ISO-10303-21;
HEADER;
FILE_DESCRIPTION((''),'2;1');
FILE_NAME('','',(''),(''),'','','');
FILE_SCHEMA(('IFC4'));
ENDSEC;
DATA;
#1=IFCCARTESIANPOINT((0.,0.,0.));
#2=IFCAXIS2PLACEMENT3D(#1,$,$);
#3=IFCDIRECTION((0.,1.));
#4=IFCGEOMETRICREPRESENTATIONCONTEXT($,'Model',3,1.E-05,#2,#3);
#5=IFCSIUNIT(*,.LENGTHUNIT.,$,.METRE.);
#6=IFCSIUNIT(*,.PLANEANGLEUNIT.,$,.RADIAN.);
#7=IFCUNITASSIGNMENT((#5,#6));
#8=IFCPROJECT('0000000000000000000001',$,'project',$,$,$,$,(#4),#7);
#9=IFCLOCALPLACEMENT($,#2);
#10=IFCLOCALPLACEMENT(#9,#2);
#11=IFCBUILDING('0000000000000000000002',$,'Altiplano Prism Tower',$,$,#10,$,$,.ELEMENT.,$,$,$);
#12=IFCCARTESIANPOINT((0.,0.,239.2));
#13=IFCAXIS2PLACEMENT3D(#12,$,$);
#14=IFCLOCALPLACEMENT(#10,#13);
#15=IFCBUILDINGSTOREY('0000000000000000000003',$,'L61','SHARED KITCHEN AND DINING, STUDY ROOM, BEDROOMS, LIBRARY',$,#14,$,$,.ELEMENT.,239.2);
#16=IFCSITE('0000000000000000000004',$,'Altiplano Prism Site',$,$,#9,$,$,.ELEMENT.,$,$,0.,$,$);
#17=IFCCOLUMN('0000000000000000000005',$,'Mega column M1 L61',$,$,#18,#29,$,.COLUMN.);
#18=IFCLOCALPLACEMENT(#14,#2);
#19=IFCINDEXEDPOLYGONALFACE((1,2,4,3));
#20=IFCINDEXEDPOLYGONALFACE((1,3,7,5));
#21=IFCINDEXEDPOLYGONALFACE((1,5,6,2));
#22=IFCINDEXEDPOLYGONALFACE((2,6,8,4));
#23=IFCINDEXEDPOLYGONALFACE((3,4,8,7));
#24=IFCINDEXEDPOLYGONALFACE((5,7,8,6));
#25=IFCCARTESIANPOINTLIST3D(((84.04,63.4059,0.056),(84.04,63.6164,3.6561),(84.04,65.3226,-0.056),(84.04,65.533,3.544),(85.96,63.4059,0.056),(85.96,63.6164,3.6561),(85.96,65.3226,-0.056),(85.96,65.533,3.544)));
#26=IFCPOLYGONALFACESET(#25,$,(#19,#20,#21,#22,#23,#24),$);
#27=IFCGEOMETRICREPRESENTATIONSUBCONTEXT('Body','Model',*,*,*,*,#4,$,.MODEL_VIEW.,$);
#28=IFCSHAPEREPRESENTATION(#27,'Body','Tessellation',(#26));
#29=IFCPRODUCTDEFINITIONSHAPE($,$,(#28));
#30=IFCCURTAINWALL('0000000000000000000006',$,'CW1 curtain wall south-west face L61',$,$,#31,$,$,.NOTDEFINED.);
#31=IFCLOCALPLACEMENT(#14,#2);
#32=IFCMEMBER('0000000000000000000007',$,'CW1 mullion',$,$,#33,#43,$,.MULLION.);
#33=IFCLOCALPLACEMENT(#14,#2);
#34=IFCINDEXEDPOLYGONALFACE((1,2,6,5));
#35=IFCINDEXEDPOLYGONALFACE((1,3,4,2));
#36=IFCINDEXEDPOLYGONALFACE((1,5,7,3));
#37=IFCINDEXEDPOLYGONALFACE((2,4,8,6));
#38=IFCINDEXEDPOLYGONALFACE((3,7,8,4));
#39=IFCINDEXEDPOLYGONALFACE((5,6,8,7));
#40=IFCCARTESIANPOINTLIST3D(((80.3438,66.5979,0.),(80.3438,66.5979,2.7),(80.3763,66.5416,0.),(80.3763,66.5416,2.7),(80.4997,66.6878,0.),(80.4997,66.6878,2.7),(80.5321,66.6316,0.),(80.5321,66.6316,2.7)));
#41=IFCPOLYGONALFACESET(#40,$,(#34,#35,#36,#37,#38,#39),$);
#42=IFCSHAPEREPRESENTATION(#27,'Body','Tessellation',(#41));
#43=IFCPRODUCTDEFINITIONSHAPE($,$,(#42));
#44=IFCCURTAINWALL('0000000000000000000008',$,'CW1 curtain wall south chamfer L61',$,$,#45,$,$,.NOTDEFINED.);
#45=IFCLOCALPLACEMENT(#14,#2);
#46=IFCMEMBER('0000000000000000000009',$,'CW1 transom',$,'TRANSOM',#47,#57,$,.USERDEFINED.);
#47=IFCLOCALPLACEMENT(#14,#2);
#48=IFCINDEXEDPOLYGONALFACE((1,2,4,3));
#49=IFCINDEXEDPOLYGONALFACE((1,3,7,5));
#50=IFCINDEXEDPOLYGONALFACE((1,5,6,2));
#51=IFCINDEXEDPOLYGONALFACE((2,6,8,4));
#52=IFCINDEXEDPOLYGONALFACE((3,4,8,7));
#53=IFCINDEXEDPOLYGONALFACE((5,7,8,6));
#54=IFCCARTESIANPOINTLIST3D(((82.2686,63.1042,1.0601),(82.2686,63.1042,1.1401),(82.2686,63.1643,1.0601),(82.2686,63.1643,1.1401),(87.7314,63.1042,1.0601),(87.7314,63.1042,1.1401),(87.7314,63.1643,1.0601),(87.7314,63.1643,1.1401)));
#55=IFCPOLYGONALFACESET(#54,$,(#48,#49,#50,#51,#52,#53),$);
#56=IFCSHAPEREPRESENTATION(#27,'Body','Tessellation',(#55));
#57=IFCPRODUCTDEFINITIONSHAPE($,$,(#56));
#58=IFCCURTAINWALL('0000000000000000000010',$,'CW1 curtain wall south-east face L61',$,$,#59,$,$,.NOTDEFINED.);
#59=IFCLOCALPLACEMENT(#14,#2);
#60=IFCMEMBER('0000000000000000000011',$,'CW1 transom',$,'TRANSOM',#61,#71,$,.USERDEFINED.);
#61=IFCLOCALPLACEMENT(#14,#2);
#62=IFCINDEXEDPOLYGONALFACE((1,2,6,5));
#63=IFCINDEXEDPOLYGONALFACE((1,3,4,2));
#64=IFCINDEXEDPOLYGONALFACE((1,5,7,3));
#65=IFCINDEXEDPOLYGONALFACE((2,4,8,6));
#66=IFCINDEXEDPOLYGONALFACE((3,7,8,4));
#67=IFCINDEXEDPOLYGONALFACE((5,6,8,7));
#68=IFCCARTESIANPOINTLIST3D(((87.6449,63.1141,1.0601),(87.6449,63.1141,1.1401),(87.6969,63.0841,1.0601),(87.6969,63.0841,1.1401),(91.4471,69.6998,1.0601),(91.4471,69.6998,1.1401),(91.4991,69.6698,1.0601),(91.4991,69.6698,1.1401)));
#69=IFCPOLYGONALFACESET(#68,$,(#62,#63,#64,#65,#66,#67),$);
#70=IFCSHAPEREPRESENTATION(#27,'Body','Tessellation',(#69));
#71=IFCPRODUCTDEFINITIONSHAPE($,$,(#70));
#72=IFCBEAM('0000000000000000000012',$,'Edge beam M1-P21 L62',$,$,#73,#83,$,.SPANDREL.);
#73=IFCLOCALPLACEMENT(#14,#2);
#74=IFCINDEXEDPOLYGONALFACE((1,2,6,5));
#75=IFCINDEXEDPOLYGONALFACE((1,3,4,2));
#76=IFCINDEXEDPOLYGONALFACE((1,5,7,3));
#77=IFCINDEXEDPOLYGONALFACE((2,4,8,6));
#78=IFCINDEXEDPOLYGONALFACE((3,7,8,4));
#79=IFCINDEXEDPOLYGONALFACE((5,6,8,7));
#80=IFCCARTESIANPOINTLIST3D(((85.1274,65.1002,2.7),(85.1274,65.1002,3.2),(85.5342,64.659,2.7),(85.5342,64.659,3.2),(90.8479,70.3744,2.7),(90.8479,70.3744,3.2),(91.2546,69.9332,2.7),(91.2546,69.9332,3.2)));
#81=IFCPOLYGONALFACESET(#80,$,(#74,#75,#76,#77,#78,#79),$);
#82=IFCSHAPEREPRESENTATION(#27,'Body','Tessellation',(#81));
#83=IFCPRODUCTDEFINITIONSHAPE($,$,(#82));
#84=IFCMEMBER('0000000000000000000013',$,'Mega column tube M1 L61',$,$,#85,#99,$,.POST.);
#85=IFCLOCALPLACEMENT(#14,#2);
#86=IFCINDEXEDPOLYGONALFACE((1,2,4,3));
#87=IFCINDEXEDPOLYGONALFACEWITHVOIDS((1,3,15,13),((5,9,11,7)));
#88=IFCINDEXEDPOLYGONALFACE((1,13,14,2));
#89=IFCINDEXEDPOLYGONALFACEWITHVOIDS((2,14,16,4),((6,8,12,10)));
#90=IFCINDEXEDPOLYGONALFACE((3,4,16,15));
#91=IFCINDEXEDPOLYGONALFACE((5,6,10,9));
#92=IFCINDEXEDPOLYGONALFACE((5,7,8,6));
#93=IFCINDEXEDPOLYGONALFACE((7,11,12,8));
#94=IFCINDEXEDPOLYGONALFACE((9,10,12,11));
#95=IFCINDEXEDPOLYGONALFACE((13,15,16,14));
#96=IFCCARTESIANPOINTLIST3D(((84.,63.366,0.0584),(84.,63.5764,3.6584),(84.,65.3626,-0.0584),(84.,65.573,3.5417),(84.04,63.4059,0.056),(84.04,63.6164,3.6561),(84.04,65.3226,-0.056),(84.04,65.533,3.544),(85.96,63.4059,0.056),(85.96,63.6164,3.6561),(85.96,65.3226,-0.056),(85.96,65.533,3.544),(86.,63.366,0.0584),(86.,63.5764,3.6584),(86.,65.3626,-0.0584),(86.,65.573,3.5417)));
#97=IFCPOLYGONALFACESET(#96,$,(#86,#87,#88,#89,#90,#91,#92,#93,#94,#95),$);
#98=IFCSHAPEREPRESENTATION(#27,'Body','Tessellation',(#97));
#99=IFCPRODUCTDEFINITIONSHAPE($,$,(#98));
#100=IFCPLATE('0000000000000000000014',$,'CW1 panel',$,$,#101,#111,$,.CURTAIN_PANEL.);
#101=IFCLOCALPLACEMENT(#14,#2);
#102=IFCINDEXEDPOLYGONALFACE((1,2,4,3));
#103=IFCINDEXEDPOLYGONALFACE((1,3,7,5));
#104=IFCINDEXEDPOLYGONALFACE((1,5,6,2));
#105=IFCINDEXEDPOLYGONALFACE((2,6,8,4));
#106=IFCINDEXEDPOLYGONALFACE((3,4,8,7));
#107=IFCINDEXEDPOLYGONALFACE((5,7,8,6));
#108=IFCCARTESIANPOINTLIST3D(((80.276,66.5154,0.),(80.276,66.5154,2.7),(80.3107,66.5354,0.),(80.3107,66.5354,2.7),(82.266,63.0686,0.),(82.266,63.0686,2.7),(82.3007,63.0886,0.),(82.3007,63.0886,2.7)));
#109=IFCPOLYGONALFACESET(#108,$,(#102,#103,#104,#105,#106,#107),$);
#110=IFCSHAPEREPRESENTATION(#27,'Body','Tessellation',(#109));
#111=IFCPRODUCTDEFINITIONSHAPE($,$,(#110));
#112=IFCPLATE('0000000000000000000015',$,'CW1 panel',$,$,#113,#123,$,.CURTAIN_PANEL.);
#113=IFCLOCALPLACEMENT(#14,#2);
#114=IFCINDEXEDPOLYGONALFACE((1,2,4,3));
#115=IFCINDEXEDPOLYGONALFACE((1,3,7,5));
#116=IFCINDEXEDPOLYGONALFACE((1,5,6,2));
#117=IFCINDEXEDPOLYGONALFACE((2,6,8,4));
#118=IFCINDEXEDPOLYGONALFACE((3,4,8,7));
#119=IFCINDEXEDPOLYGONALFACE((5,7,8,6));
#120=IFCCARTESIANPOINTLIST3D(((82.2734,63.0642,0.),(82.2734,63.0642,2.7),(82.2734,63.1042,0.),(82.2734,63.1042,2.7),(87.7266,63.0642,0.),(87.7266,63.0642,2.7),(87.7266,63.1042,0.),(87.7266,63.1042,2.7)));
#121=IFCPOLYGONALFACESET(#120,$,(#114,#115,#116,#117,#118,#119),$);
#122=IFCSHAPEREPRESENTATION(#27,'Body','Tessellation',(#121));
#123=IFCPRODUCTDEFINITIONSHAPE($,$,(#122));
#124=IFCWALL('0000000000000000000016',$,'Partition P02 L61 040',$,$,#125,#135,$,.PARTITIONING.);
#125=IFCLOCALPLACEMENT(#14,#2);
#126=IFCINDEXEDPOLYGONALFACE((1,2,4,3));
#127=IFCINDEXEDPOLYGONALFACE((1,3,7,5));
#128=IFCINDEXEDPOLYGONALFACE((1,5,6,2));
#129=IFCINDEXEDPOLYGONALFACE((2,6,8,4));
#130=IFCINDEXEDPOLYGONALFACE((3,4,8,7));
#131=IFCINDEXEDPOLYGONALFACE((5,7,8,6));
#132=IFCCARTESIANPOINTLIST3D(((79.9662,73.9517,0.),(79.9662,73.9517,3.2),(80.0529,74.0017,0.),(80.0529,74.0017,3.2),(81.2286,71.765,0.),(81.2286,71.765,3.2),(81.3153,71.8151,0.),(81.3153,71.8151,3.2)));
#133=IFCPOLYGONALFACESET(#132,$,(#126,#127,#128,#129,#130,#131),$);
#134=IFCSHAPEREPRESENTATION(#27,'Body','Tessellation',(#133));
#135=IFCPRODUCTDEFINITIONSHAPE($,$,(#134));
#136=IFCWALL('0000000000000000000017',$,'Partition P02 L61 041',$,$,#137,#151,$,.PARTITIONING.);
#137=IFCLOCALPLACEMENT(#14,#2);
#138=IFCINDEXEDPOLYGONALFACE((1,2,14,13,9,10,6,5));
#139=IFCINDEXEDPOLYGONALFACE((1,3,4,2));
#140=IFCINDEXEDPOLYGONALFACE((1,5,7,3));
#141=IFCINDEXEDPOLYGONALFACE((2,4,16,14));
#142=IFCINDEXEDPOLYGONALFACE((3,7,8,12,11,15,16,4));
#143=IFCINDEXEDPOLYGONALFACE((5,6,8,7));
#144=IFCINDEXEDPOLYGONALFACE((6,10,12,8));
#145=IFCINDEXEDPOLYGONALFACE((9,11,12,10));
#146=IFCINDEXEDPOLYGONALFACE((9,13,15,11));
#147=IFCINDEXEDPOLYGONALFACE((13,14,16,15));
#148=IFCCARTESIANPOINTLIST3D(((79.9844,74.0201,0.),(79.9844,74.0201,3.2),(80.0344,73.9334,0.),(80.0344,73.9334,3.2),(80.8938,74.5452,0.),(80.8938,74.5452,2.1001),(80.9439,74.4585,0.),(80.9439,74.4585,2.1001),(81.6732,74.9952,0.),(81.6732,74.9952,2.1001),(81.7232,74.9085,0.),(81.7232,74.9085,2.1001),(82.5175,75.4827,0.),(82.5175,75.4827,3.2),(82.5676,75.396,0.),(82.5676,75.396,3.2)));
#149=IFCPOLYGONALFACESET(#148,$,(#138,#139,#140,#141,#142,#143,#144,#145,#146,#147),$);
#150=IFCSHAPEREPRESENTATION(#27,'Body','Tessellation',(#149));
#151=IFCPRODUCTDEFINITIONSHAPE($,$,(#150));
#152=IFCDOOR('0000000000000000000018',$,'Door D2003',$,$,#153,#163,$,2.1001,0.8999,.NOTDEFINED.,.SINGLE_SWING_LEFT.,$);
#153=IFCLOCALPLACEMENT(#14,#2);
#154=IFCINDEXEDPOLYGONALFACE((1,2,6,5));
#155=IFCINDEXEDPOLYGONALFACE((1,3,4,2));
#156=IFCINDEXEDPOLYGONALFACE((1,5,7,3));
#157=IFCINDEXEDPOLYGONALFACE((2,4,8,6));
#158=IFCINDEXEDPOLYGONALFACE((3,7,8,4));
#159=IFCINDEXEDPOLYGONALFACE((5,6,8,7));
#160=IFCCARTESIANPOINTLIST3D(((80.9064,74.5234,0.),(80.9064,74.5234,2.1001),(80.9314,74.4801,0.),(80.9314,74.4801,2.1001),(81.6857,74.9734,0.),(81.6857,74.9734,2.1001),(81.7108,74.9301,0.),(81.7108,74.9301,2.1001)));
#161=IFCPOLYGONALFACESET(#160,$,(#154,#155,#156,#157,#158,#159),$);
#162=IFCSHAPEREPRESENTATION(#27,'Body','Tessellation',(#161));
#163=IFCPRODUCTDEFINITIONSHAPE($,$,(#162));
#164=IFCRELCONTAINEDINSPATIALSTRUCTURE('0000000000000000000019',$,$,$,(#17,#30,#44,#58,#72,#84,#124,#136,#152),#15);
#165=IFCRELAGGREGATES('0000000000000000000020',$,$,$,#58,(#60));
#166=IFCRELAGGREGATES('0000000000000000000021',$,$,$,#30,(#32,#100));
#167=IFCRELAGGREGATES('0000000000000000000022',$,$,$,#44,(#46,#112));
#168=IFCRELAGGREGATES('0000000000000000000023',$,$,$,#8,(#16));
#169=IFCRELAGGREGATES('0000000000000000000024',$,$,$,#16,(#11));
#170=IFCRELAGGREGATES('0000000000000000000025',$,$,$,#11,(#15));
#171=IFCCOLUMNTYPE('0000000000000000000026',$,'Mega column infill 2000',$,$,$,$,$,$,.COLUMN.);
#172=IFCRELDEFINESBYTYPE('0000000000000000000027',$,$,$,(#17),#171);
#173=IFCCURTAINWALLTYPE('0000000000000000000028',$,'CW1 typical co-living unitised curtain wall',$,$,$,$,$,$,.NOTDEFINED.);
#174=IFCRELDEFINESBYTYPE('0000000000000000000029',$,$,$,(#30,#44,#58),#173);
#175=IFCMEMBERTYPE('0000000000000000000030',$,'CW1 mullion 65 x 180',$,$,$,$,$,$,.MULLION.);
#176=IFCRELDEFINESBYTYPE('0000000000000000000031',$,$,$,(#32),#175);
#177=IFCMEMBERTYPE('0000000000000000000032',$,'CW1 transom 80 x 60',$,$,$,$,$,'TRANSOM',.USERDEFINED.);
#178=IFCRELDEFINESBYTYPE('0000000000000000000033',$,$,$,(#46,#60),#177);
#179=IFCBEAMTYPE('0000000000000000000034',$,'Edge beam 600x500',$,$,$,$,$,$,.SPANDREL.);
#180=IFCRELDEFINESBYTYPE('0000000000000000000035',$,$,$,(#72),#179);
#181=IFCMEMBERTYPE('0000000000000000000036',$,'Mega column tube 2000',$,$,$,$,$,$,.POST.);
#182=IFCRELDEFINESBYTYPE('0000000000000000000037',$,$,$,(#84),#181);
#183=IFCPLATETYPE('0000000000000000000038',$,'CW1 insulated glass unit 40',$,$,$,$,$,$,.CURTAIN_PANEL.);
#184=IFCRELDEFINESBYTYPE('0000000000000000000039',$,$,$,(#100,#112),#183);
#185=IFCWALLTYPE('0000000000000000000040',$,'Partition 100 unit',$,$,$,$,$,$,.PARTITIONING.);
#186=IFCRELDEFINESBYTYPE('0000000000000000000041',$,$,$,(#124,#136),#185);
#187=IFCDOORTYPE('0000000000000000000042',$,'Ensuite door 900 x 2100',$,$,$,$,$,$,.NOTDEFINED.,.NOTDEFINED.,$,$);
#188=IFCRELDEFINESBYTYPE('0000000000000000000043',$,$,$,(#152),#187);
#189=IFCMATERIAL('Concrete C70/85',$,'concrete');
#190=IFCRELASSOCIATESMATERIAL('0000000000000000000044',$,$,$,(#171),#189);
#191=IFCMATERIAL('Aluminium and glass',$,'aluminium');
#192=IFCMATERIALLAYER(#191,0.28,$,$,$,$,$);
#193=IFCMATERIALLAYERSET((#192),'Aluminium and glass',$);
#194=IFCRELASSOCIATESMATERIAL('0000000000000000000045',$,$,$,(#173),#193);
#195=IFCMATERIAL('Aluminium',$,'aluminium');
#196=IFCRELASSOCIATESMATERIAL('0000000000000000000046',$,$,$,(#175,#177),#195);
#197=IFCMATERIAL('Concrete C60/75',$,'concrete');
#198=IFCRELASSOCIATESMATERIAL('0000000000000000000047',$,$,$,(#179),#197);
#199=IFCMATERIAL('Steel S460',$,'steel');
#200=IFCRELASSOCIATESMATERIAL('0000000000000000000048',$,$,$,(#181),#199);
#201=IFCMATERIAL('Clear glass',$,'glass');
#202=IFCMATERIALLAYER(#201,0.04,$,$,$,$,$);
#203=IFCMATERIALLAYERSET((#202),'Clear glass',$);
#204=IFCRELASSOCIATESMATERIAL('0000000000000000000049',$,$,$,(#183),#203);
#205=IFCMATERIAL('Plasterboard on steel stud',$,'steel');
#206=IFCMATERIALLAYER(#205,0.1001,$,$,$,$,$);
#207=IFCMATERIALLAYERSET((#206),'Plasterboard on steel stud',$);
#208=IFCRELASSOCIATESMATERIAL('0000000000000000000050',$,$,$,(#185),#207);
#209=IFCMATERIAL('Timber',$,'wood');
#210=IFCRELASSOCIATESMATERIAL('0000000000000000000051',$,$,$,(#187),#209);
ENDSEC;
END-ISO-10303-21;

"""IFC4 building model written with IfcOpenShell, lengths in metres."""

from ifc_helpers import new_model, si_unit, direction, frame, frame_2d, origin, origin_2d, place, context, subcontext, project, spatial, rectangle, hollow_rectangle, extrude, material, layer, layer_set, material_profile, profile_set, type_object, element, fill, aggregate, save


model = new_model("IFC4")

# Units and contexts
model_context = context("Model", 3, precision=1e-05, world=origin(), true_north=direction((0.0, 1.0)))
body_context = subcontext(model_context, "Body", "Model", "MODEL_VIEW")
ifc_project = project(units=[si_unit("LENGTHUNIT", "METRE"), si_unit("PLANEANGLEUNIT", "RADIAN")], contexts=[model_context])

# Site, building, storey
site_placement = place(None, origin())
site = spatial("IfcSite", under=ifc_project, at=site_placement, Name="Altiplano Prism Site", CompositionType="ELEMENT", RefElevation=0.0)
building_placement = place(site_placement, origin())
building = spatial("IfcBuilding", under=site, at=building_placement, Name="Altiplano Prism Tower", CompositionType="ELEMENT")
storey_placement = place(building_placement, frame((0.0, 0.0, 239.2)))
storey = spatial("IfcBuildingStorey", under=building, at=storey_placement, Name="L61", Description="SHARED KITCHEN AND DINING, STUDY ROOM, BEDROOMS, LIBRARY", CompositionType="ELEMENT", Elevation=239.2)

# Column
ifc_material_1 = material(Name="Concrete C70/85", Category="concrete")
ifc_material_profile_1 = material_profile(ifc_material_1, rectangle(XDim=1.9199, YDim=1.9199, at=origin_2d()), Name="Mega column infill 2000")
ifc_profile_set_1 = profile_set([ifc_material_profile_1], Name="Concrete C70/85")
column_type = type_object("IfcColumnType", Name="Mega column infill 2000", PredefinedType="COLUMN", material=ifc_profile_set_1)
column_placement = place(storey_placement, frame((85.0, 64.3643, 0.0), z_axis=(0.0, 0.058357, 0.998296), x_axis=(-1.0, 0.0, 0.0)))
element("IfcColumn", 1, at=column_placement, inside=storey, type_object=column_type, Name="Mega column M1 L61", PredefinedType="COLUMN", context=body_context, shape_type="SweptSolid", body=[
    extrude(rectangle(XDim=1.9199, YDim=1.9199, at=origin_2d()), origin(), (0.0, 0.0, 1.0), 3.6062),
])

# Curtain walls, members
ifc_material_2 = material(Name="Aluminium and glass", Category="aluminium")
ifc_layer_1 = layer(ifc_material_2, 0.28)
ifc_layer_set_1 = layer_set([ifc_layer_1], Name="Aluminium and glass")
curtain_wall_type = type_object("IfcCurtainWallType", Name="CW1 typical co-living unitised curtain wall", PredefinedType="NOTDEFINED", material=ifc_layer_set_1)
curtain_wall_1_placement = place(storey_placement, origin())
curtain_wall_1 = element("IfcCurtainWall", 2, at=curtain_wall_1_placement, inside=storey, type_object=curtain_wall_type, Name="CW1 curtain wall south-west face L61", PredefinedType="NOTDEFINED")
ifc_material_3 = material(Name="Aluminium", Category="aluminium")
ifc_material_profile_2 = material_profile(ifc_material_3, rectangle(XDim=0.1799, YDim=0.0649, at=origin_2d()), Name="CW1 mullion 65 x 180")
ifc_profile_set_2 = profile_set([ifc_material_profile_2], Name="Aluminium")
member_type_1 = type_object("IfcMemberType", Name="CW1 mullion 65 x 180", PredefinedType="MULLION", material=ifc_profile_set_2)
member_1_placement = place(storey_placement, frame((80.438, 66.6147, 0.0), z_axis=(0.0, 0.0, 1.0), x_axis=(0.866025, 0.5, 0.0)))
member_1 = element("IfcMember", 3, at=member_1_placement, type_object=member_type_1, Name="CW1 mullion", PredefinedType="MULLION", context=body_context, shape_type="SweptSolid", body=[
    extrude(rectangle(XDim=0.1799, YDim=0.0649, at=origin_2d()), origin(), (0.0, 0.0, 1.0), 2.7),
])
curtain_wall_2_placement = place(storey_placement, origin())
curtain_wall_2 = element("IfcCurtainWall", 4, at=curtain_wall_2_placement, inside=storey, type_object=curtain_wall_type, Name="CW1 curtain wall south chamfer L61", PredefinedType="NOTDEFINED")
ifc_material_profile_3 = material_profile(ifc_material_3, rectangle(XDim=0.0601, YDim=0.0801, at=origin_2d()), Name="CW1 transom 80 x 60")
ifc_profile_set_3 = profile_set([ifc_material_profile_3], Name="Aluminium")
member_type_2 = type_object("IfcMemberType", Name="CW1 transom 80 x 60", ElementType="TRANSOM", PredefinedType="USERDEFINED", material=ifc_profile_set_3)
member_2_placement = place(storey_placement, frame((82.2686, 63.1343, 1.1001), z_axis=(1.0, 0.0, 0.0), x_axis=(0.0, 1.0, 0.0)))
member_2 = element("IfcMember", 5, at=member_2_placement, type_object=member_type_2, Name="CW1 transom", ObjectType="TRANSOM", PredefinedType="USERDEFINED", context=body_context, shape_type="SweptSolid", body=[
    extrude(rectangle(XDim=0.0601, YDim=0.0801, at=origin_2d()), origin(), (0.0, 0.0, 1.0), 5.4629),
])
curtain_wall_3_placement = place(storey_placement, origin())
curtain_wall_3 = element("IfcCurtainWall", 6, at=curtain_wall_3_placement, inside=storey, type_object=curtain_wall_type, Name="CW1 curtain wall south-east face L61", PredefinedType="NOTDEFINED")
member_3_placement = place(storey_placement, frame((87.6709, 63.0991, 1.1001), z_axis=(0.499999, 0.866026, 0.0), x_axis=(-0.866026, 0.499999, 0.0)))
member_3 = element("IfcMember", 7, at=member_3_placement, type_object=member_type_2, Name="CW1 transom", ObjectType="TRANSOM", PredefinedType="USERDEFINED", context=body_context, shape_type="SweptSolid", body=[
    extrude(rectangle(XDim=0.0601, YDim=0.0801, at=origin_2d()), origin(), (0.0, 0.0, 1.0), 7.6045),
])
aggregate(curtain_wall_3, [member_3])

# Beam
ifc_material_4 = material(Name="Concrete C60/75", Category="concrete")
ifc_material_profile_4 = material_profile(ifc_material_4, rectangle(XDim=0.6001, YDim=0.5, at=origin_2d()), Name="Edge beam 600x500")
ifc_profile_set_4 = profile_set([ifc_material_profile_4], Name="Concrete C60/75")
beam_type = type_object("IfcBeamType", Name="Edge beam 600x500", PredefinedType="SPANDREL", material=ifc_profile_set_4)
beam_placement = place(storey_placement, frame((85.3308, 64.8796, 2.95), z_axis=(0.735204, 0.677846, 0.0), x_axis=(-0.677846, 0.735204, 0.0)))
element("IfcBeam", 8, at=beam_placement, inside=storey, type_object=beam_type, Name="Edge beam M1-P21 L62", PredefinedType="SPANDREL", context=body_context, shape_type="SweptSolid", body=[
    extrude(rectangle(XDim=0.6001, YDim=0.5, at=origin_2d()), origin(), (0.0, 0.0, 1.0), 7.7808),
])

# Member
ifc_material_5 = material(Name="Steel S460", Category="steel")
ifc_material_profile_5 = material_profile(ifc_material_5, hollow_rectangle(XDim=2.0, YDim=2.0, WallThickness=0.04, at=origin_2d()), Name="Mega column tube 2000")
ifc_profile_set_5 = profile_set([ifc_material_profile_5], Name="Steel S460")
member_type_3 = type_object("IfcMemberType", Name="Mega column tube 2000", PredefinedType="POST", material=ifc_profile_set_5)
member_4_placement = place(storey_placement, frame((85.0, 64.3643, 0.0), z_axis=(0.0, 0.058357, 0.998296), x_axis=(-1.0, 0.0, 0.0)))
element("IfcMember", 9, at=member_4_placement, inside=storey, type_object=member_type_3, Name="Mega column tube M1 L61", PredefinedType="POST", context=body_context, shape_type="SweptSolid", body=[
    extrude(hollow_rectangle(XDim=2.0, YDim=2.0, WallThickness=0.04, at=origin_2d()), origin(), (0.0, 0.0, 1.0), 3.6062),
])

# Plates
ifc_material_6 = material(Name="Clear glass", Category="glass")
ifc_layer_2 = layer(ifc_material_6, 0.04)
ifc_layer_set_2 = layer_set([ifc_layer_2], Name="Clear glass")
plate_type = type_object("IfcPlateType", Name="CW1 insulated glass unit 40", PredefinedType="CURTAIN_PANEL", material=ifc_layer_set_2)
plate_1_placement = place(storey_placement, frame((81.2883, 64.802, 0.0), z_axis=(0.0, 0.0, 1.0), x_axis=(0.5, -0.866025, 0.0)))
plate_1 = element("IfcPlate", 10, at=plate_1_placement, type_object=plate_type, Name="CW1 panel", PredefinedType="CURTAIN_PANEL", context=body_context, shape_type="SweptSolid", body=[
    extrude(rectangle(XDim=3.98, YDim=0.04, at=origin_2d()), origin(), (0.0, 0.0, 1.0), 2.7),
])
aggregate(curtain_wall_1, [member_1, plate_1])
plate_2_placement = place(storey_placement, frame((85.0, 63.0842, 0.0), z_axis=(0.0, 0.0, 1.0), x_axis=(1.0, 0.0, 0.0)))
plate_2 = element("IfcPlate", 11, at=plate_2_placement, type_object=plate_type, Name="CW1 panel", PredefinedType="CURTAIN_PANEL", context=body_context, shape_type="SweptSolid", body=[
    extrude(rectangle(XDim=5.4531, YDim=0.04, at=origin_2d()), origin(), (0.0, 0.0, 1.0), 2.7),
])
aggregate(curtain_wall_2, [member_2, plate_2])

# Wall
ifc_material_7 = material(Name="Plasterboard on steel stud", Category="steel")
ifc_layer_3 = layer(ifc_material_7, 0.1001)
ifc_layer_set_3 = layer_set([ifc_layer_3], Name="Plasterboard on steel stud")
wall_type_1 = type_object("IfcWallType", Name="Partition 100 unit", PredefinedType="PARTITIONING", material=ifc_layer_set_3)
wall_1_placement = place(storey_placement, frame((81.272, 71.79, 0.0), z_axis=(0.0, 0.0, 1.0), x_axis=(-0.499976, 0.866039, 0.0)))
element("IfcWall", 12, at=wall_1_placement, inside=storey, type_object=wall_type_1, Name="Partition P02 L61 040", PredefinedType="PARTITIONING", context=body_context, shape_type="SweptSolid", body=[
    extrude(rectangle(XDim=2.5249, YDim=0.1001, at=frame_2d((1.2625, 0.0))), origin(), (0.0, 0.0, 1.0), 3.2),
])

# Wall, opening, door
wall_2_placement = place(storey_placement, frame((80.0095, 73.9768, 0.0), z_axis=(0.0, 0.0, 1.0), x_axis=(0.86601, 0.500026, 0.0)))
wall_2 = element("IfcWall", 13, at=wall_2_placement, inside=storey, type_object=wall_type_1, Name="Partition P02 L61 041", PredefinedType="PARTITIONING", context=body_context, shape_type="SweptSolid", body=[
    extrude(rectangle(XDim=2.925, YDim=0.1001, at=frame_2d((1.4624, 0.0))), origin(), (0.0, 0.0, 1.0), 3.2),
])
opening_1_placement = place(wall_2_placement, frame((1.05, 0.0, 0.0)))
opening_1 = element("IfcOpeningElement", 14, at=opening_1_placement, cuts=wall_2, PredefinedType="OPENING", context=body_context, shape_type="SweptSolid", body=[
    extrude(rectangle(XDim=0.8999, YDim=2.1001, at=frame_2d((0.45, 1.05))), frame((0.0, 0.0605, 0.0), z_axis=(0.0, -1.0, 0.0), x_axis=(1.0, 0.0, 0.0)), (0.0, 0.0, 1.0), 0.1211),
])
ifc_material_8 = material(Name="Timber", Category="wood")
door_type_1 = type_object("IfcDoorType", Name="Ensuite door 900 x 2100", OperationType="NOTDEFINED", PredefinedType="NOTDEFINED", material=ifc_material_8)
door_1_placement = place(opening_1_placement, origin())
door_1 = element("IfcDoor", 15, at=door_1_placement, inside=storey, type_object=door_type_1, Name="Door D2003", OperationType="SINGLE_SWING_LEFT", OverallHeight=2.1001, OverallWidth=0.8999, PredefinedType="NOTDEFINED", context=body_context, shape_type="SweptSolid", body=[
    extrude(rectangle(XDim=0.8999, YDim=2.1001, at=frame_2d((0.45, 1.05))), frame((0.0, 0.0249, 0.0), z_axis=(0.0, -1.0, 0.0), x_axis=(1.0, 0.0, 0.0)), (0.0, 0.0, 1.0), 0.05),
])
fill(opening_1, door_1)

save(model, "model.ifc")
